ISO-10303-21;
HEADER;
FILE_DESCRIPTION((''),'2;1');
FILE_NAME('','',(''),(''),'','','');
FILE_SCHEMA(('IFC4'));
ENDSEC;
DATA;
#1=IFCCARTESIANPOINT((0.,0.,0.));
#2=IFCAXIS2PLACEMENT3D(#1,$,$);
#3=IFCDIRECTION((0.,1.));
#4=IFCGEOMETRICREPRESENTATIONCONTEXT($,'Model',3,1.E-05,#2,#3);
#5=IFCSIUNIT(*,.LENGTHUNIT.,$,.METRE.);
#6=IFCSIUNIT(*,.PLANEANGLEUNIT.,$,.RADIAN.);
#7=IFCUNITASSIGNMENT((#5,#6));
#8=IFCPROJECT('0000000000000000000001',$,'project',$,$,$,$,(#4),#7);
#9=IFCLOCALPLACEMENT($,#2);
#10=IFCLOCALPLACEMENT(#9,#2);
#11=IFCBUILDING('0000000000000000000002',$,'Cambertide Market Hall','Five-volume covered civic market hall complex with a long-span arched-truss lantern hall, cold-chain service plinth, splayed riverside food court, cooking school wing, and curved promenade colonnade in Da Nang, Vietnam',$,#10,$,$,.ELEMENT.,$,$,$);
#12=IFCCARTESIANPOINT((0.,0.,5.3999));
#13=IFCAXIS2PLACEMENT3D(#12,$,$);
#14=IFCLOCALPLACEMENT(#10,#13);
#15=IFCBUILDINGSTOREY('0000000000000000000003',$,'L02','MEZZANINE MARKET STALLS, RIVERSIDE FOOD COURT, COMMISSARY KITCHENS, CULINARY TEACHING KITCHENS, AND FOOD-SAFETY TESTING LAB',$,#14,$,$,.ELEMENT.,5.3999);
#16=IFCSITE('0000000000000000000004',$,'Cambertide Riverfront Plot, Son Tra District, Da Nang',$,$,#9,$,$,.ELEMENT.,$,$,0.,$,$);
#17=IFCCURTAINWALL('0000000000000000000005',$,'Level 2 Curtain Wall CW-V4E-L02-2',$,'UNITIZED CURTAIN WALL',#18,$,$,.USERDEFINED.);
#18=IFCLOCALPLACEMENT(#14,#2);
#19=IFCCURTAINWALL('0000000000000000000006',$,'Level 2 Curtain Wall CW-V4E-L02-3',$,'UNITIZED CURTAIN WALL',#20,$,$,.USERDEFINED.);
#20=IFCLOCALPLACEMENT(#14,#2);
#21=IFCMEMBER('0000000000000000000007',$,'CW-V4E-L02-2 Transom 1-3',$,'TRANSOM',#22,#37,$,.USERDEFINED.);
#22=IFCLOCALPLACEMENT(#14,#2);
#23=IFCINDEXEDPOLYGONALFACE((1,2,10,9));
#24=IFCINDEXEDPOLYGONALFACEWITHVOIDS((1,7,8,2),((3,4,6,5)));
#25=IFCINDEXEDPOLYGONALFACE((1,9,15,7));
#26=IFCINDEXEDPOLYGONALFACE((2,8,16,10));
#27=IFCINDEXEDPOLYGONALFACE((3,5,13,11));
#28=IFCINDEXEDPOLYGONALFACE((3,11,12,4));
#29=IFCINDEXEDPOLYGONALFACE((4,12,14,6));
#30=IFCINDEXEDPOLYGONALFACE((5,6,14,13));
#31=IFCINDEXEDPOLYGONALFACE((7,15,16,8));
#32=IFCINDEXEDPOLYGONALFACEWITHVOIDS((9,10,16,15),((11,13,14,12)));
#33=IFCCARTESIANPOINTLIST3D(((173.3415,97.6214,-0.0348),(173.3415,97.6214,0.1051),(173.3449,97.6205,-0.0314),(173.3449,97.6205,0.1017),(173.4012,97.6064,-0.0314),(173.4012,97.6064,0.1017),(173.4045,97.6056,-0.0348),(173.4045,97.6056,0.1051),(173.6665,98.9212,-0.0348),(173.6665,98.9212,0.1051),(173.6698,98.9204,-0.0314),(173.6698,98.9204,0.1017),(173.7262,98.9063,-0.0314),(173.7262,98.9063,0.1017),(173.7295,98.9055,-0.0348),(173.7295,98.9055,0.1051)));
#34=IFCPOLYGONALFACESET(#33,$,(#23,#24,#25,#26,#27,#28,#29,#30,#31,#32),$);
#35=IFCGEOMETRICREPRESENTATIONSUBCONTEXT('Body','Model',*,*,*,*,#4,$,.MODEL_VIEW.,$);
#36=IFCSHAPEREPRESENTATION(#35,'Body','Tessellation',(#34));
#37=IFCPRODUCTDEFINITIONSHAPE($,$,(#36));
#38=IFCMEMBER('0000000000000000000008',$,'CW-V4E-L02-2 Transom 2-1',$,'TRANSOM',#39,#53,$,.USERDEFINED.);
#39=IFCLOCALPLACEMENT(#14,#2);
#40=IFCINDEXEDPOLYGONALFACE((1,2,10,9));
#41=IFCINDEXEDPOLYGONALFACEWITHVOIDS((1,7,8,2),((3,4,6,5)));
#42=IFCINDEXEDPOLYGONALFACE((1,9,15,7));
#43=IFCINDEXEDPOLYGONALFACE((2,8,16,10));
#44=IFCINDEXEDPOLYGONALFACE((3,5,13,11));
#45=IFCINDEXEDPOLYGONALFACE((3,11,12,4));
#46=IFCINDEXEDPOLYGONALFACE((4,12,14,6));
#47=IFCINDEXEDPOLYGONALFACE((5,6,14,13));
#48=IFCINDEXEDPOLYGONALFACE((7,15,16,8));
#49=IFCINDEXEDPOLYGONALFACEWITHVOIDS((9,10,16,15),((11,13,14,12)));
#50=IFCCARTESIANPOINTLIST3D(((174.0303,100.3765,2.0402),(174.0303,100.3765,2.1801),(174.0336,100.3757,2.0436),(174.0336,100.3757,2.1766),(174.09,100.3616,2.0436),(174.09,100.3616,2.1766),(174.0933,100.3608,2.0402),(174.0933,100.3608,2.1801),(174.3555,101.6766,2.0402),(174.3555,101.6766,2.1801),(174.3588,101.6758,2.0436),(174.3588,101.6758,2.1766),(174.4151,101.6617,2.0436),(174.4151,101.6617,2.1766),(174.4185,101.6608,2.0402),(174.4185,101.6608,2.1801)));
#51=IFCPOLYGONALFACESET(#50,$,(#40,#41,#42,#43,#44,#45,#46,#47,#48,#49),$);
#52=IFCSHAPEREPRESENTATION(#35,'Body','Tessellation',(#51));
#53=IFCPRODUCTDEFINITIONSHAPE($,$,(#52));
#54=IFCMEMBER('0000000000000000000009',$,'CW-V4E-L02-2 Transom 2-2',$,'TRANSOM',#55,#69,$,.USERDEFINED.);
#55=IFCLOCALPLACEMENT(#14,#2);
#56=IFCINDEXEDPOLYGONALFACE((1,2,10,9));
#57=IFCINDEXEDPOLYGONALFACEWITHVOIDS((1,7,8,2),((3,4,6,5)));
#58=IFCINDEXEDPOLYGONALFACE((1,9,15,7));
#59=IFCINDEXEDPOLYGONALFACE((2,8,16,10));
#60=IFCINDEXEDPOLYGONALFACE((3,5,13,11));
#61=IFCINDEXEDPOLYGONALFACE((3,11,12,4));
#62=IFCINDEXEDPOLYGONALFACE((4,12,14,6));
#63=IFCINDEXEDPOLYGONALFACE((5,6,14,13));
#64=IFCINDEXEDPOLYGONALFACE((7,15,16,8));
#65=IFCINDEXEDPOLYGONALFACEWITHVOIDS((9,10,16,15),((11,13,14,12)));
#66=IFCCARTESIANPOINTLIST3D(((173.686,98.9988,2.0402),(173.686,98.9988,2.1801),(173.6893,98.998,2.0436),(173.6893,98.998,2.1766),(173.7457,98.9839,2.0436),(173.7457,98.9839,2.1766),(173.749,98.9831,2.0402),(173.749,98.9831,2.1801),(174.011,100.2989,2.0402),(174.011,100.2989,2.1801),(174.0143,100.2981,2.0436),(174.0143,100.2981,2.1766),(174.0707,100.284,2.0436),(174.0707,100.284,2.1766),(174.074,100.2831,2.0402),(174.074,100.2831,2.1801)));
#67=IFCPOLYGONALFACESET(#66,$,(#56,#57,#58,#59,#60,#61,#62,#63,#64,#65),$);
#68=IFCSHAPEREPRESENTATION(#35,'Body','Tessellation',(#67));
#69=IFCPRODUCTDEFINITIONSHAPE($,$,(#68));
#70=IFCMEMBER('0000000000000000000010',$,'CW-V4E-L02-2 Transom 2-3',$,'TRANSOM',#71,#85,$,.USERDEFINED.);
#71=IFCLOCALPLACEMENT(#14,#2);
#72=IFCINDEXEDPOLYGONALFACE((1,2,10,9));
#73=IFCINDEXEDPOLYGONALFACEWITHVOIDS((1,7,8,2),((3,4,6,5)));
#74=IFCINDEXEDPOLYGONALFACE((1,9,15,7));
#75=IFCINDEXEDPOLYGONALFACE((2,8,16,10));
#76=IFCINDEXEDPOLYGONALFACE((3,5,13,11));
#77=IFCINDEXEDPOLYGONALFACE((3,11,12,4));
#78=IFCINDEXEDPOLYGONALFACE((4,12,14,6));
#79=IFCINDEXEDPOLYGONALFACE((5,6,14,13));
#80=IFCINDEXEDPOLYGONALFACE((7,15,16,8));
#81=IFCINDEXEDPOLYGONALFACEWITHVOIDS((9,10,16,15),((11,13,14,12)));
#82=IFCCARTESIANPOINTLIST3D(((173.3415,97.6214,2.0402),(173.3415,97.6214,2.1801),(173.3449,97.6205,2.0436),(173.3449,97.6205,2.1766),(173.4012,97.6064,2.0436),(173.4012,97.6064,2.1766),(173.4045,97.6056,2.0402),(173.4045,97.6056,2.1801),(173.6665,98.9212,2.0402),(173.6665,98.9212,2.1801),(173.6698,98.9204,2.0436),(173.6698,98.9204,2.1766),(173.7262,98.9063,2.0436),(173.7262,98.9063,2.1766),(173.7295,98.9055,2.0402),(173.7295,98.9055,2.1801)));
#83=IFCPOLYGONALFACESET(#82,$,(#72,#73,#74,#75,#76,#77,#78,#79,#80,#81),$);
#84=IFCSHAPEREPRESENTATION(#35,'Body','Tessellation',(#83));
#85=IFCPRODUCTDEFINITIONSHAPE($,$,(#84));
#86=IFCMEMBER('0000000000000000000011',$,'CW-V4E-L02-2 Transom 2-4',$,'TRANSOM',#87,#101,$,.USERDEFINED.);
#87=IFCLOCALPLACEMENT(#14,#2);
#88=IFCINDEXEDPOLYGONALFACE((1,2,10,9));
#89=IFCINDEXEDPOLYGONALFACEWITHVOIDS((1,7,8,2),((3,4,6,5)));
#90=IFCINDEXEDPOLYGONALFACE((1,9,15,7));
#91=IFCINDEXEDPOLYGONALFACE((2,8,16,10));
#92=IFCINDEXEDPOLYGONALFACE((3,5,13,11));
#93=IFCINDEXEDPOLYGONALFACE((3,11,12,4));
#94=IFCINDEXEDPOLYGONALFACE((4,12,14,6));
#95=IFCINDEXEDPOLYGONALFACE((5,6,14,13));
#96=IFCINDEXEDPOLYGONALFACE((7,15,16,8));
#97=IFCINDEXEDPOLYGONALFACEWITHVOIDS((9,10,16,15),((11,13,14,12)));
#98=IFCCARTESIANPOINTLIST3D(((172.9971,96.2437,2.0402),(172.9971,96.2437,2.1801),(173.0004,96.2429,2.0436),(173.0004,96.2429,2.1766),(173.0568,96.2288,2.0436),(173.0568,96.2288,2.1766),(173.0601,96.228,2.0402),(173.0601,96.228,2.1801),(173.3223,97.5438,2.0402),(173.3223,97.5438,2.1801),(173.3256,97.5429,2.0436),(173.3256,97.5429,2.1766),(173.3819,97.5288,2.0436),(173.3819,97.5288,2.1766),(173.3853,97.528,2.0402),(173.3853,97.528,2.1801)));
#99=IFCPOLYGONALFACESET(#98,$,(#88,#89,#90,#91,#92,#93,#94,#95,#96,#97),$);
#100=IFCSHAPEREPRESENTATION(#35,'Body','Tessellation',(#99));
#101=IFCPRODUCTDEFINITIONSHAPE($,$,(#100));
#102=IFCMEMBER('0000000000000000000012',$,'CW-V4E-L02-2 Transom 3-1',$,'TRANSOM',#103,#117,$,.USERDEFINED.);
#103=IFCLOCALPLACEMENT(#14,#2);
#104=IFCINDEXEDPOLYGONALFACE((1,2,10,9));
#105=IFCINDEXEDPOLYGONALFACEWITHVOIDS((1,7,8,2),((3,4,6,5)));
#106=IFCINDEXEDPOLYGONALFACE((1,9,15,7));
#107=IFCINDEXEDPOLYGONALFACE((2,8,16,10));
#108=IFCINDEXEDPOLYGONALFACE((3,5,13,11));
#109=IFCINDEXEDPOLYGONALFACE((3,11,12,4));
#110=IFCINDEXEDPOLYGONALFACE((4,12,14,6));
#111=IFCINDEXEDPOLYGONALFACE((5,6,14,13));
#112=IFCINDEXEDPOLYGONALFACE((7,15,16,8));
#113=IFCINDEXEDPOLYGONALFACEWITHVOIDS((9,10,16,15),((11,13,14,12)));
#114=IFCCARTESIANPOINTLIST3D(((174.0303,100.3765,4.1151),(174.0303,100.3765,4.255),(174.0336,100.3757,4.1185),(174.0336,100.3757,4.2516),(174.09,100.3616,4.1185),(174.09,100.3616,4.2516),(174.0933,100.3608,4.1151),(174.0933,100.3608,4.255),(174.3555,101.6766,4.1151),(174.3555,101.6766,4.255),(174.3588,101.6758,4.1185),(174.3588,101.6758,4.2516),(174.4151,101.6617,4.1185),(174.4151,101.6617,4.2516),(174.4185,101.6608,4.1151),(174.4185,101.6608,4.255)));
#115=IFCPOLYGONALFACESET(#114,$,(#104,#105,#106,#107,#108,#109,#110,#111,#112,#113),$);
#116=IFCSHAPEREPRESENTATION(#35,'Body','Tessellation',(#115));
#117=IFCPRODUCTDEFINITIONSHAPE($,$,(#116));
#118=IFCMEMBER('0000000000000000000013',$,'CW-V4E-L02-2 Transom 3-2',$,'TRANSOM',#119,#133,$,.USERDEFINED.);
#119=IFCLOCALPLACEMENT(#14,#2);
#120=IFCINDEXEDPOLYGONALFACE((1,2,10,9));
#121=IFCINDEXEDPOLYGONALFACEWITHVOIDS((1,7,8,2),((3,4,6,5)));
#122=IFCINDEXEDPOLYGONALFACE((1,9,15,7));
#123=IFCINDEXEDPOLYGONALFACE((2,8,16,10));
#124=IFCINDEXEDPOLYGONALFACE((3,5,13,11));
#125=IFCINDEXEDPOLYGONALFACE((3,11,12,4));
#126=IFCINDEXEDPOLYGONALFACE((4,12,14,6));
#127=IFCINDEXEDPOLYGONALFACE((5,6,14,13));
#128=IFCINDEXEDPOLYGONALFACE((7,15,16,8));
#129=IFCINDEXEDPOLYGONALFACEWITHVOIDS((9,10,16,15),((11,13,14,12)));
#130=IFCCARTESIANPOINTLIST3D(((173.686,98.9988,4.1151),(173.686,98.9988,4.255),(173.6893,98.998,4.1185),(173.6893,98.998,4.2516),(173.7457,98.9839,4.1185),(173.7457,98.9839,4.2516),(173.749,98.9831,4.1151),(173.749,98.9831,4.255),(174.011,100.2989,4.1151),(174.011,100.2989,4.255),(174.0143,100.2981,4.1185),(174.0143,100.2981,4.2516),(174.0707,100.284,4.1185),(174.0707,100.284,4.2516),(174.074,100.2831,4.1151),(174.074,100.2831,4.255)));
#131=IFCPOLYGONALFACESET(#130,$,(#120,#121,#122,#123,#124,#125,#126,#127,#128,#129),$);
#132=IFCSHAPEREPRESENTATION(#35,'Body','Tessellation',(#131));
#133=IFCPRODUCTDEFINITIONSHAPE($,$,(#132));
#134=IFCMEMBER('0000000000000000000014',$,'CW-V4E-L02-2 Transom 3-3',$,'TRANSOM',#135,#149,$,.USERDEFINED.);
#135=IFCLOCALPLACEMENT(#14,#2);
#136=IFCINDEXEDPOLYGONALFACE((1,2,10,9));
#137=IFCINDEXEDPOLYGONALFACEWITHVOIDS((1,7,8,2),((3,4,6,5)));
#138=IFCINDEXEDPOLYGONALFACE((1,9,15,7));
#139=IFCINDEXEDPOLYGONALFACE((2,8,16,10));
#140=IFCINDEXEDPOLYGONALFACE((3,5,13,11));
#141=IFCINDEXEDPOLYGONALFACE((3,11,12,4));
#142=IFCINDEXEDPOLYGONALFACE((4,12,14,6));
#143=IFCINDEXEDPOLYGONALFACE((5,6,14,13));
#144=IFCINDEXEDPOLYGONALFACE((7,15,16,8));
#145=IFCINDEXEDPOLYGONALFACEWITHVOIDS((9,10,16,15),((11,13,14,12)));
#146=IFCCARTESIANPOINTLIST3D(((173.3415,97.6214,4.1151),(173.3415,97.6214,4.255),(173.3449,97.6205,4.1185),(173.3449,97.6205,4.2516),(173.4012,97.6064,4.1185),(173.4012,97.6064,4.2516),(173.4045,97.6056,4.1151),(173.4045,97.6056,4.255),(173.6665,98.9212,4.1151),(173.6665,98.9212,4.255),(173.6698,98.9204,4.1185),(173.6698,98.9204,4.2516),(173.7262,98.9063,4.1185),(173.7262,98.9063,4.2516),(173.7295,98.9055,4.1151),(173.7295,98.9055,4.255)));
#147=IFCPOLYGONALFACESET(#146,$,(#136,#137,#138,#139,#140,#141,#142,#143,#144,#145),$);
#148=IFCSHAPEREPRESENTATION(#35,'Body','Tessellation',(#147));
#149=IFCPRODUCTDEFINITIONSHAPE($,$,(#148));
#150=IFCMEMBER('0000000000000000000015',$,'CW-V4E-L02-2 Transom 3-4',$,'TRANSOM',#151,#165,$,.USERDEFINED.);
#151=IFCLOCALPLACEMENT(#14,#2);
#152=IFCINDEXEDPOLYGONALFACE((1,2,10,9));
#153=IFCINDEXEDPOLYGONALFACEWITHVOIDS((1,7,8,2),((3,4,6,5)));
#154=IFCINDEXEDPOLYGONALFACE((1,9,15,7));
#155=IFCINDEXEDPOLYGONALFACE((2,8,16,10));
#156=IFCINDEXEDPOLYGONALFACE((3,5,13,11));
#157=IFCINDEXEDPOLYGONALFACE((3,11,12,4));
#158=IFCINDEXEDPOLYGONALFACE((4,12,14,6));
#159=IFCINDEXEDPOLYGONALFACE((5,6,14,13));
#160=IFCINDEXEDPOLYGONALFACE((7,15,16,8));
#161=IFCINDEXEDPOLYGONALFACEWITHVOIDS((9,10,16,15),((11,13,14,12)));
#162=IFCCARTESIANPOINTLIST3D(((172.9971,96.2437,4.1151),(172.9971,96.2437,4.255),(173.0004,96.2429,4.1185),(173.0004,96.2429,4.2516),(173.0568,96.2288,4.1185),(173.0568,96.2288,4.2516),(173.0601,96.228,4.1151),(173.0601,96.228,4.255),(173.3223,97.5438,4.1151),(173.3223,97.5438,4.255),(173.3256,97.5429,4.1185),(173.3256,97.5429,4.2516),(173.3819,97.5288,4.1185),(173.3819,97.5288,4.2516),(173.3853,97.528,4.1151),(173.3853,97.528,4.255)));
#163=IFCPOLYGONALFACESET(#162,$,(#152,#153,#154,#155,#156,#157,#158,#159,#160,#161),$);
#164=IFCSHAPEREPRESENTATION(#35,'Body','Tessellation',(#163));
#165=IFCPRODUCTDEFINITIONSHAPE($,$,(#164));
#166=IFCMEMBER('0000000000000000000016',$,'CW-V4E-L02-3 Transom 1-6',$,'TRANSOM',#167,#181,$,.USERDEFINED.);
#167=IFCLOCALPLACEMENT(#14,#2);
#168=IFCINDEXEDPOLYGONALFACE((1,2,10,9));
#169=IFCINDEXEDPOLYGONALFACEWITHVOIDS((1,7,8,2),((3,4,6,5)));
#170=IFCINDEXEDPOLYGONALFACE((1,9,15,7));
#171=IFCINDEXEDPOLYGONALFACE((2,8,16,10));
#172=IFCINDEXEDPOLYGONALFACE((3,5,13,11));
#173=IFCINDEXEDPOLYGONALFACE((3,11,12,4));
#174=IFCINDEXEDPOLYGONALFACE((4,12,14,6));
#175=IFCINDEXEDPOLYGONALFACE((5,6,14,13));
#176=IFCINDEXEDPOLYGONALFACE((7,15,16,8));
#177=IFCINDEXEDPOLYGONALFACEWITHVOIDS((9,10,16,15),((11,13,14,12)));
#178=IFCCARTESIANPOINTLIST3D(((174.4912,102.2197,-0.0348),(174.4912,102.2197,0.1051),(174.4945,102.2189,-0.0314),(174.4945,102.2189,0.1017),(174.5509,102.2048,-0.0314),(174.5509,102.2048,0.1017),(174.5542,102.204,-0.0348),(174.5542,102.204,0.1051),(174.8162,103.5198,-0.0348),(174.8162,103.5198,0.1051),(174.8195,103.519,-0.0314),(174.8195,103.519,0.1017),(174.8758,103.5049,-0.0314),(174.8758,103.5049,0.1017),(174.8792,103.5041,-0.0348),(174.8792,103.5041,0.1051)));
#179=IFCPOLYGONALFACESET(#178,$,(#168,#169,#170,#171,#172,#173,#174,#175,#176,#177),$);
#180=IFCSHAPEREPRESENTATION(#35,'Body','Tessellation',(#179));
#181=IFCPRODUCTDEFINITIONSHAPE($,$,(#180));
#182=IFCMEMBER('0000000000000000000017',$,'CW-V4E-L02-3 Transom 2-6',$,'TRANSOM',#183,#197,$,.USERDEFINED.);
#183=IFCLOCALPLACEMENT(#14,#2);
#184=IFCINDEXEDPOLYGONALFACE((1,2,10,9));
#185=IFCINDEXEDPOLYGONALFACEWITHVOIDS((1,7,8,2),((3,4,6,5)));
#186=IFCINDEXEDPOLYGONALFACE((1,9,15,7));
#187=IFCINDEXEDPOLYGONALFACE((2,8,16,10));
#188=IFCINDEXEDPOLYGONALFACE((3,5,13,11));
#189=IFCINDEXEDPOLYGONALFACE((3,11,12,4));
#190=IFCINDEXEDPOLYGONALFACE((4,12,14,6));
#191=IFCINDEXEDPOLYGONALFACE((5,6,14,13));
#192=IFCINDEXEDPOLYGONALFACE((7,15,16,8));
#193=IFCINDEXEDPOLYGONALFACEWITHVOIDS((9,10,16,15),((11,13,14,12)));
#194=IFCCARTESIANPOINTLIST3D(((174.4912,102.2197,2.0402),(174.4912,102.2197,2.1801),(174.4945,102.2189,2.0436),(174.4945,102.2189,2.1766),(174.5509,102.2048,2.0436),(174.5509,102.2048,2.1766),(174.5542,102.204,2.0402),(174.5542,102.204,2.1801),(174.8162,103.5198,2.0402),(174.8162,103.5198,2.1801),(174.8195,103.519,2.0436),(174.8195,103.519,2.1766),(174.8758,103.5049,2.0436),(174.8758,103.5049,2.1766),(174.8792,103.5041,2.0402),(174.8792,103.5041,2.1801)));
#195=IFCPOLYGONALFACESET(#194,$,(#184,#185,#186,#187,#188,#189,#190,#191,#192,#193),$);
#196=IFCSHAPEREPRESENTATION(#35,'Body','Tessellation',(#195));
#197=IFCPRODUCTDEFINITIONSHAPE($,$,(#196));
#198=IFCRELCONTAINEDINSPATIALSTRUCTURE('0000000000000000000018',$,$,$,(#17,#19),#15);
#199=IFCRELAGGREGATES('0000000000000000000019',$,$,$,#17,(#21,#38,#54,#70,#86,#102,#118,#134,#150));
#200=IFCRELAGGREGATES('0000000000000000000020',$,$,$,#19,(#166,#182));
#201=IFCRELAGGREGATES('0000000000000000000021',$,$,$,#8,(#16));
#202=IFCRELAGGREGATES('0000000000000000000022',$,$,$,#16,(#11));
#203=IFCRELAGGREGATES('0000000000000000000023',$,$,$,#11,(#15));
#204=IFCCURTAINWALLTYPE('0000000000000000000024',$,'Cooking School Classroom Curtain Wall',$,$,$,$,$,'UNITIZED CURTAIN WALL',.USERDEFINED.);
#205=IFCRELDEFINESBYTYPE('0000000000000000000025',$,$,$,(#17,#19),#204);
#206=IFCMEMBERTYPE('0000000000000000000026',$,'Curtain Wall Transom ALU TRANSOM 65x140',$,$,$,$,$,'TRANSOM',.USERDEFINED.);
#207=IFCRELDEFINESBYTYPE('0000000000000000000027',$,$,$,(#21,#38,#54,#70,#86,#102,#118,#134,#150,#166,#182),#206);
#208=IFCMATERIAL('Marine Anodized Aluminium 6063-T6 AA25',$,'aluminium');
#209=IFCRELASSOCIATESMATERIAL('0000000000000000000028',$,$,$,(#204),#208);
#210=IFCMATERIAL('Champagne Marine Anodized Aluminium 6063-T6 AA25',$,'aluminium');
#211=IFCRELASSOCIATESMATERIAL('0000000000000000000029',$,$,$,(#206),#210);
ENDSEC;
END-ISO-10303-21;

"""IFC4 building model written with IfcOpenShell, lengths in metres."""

from ifc_helpers import new_model, si_unit, direction, frame, origin, origin_2d, place, context, subcontext, project, spatial, hollow_rectangle, extrude, material, material_profile, profile_set, type_object, element, aggregate, save


model = new_model("IFC4")

# Units and contexts
model_context = context("Model", 3, precision=1e-05, world=origin(), true_north=direction((0.0, 1.0)))
body_context = subcontext(model_context, "Body", "Model", "MODEL_VIEW")
ifc_project = project(units=[si_unit("LENGTHUNIT", "METRE"), si_unit("PLANEANGLEUNIT", "RADIAN")], contexts=[model_context])

# Site, building, storey
site_placement = place(None, origin())
site = spatial("IfcSite", under=ifc_project, at=site_placement, Name="Cambertide Riverfront Plot, Son Tra District, Da Nang", CompositionType="ELEMENT", RefElevation=0.0)
building_placement = place(site_placement, origin())
building = spatial("IfcBuilding", under=site, at=building_placement, Name="Cambertide Market Hall", Description="Five-volume covered civic market hall complex with a long-span arched-truss lantern hall, cold-chain service plinth, splayed riverside food court, cooking school wing, and curved promenade colonnade in Da Nang, Vietnam", CompositionType="ELEMENT")
storey_placement = place(building_placement, frame((0.0, 0.0, 5.3999)))
storey = spatial("IfcBuildingStorey", under=building, at=storey_placement, Name="L02", Description="MEZZANINE MARKET STALLS, RIVERSIDE FOOD COURT, COMMISSARY KITCHENS, CULINARY TEACHING KITCHENS, AND FOOD-SAFETY TESTING LAB", CompositionType="ELEMENT", Elevation=5.3999)

# Curtain walls
ifc_material_1 = material(Name="Marine Anodized Aluminium 6063-T6 AA25", Category="aluminium")
curtain_wall_type = type_object("IfcCurtainWallType", Name="Cooking School Classroom Curtain Wall", ElementType="UNITIZED CURTAIN WALL", PredefinedType="USERDEFINED", material=ifc_material_1)
curtain_wall_1_placement = place(storey_placement, origin())
curtain_wall_1 = element("IfcCurtainWall", 1, at=curtain_wall_1_placement, inside=storey, type_object=curtain_wall_type, Name="Level 2 Curtain Wall CW-V4E-L02-2", ObjectType="UNITIZED CURTAIN WALL", PredefinedType="USERDEFINED")
curtain_wall_2_placement = place(storey_placement, origin())
curtain_wall_2 = element("IfcCurtainWall", 2, at=curtain_wall_2_placement, inside=storey, type_object=curtain_wall_type, Name="Level 2 Curtain Wall CW-V4E-L02-3", ObjectType="UNITIZED CURTAIN WALL", PredefinedType="USERDEFINED")

# Members
ifc_material_2 = material(Name="Champagne Marine Anodized Aluminium 6063-T6 AA25", Category="aluminium")
ifc_material_profile_1 = material_profile(ifc_material_2, hollow_rectangle(XDim=0.0649, YDim=0.1399, WallThickness=0.0034, at=origin_2d()), Name="ALU TRANSOM 65x140")
ifc_profile_set_1 = profile_set([ifc_material_profile_1], Name="Champagne Marine Anodized Aluminium 6063-T6 AA25")
member_type_1 = type_object("IfcMemberType", Name="Curtain Wall Transom ALU TRANSOM 65x140", ElementType="TRANSOM", PredefinedType="USERDEFINED", material=ifc_profile_set_1)
member_1_placement = place(storey_placement, frame((173.698, 98.9133, 0.0352), z_axis=(-0.242536, -0.970143, 0.0), x_axis=(0.970143, -0.242536, 0.0)))
member_1 = element("IfcMember", 3, at=member_1_placement, type_object=member_type_1, Name="CW-V4E-L02-2 Transom 1-3", ObjectType="TRANSOM", PredefinedType="USERDEFINED", context=body_context, shape_type="SweptSolid", body=[
    extrude(hollow_rectangle(XDim=0.0649, YDim=0.1399, WallThickness=0.0034, at=origin_2d()), origin(), (0.0, 0.0, 1.0), 1.3398),
])
member_2_placement = place(storey_placement, frame((174.387, 101.6687, 2.1101), z_axis=(-0.242664, -0.97011, 0.0), x_axis=(0.97011, -0.242664, 0.0)))
member_2 = element("IfcMember", 4, at=member_2_placement, type_object=member_type_1, Name="CW-V4E-L02-2 Transom 2-1", ObjectType="TRANSOM", PredefinedType="USERDEFINED", context=body_context, shape_type="SweptSolid", body=[
    extrude(hollow_rectangle(XDim=0.0649, YDim=0.1399, WallThickness=0.0034, at=origin_2d()), origin(), (0.0, 0.0, 1.0), 1.3401),
])
member_3_placement = place(storey_placement, frame((174.0425, 100.291, 2.1101), z_axis=(-0.242493, -0.970153, 0.0), x_axis=(0.970153, -0.242493, 0.0)))
member_3 = element("IfcMember", 5, at=member_3_placement, type_object=member_type_1, Name="CW-V4E-L02-2 Transom 2-2", ObjectType="TRANSOM", PredefinedType="USERDEFINED", context=body_context, shape_type="SweptSolid", body=[
    extrude(hollow_rectangle(XDim=0.0649, YDim=0.1399, WallThickness=0.0034, at=origin_2d()), origin(), (0.0, 0.0, 1.0), 1.3401),
])
member_4_placement = place(storey_placement, frame((173.698, 98.9133, 2.1101), z_axis=(-0.242536, -0.970143, 0.0), x_axis=(0.970143, -0.242536, 0.0)))
member_4 = element("IfcMember", 6, at=member_4_placement, type_object=member_type_1, Name="CW-V4E-L02-2 Transom 2-3", ObjectType="TRANSOM", PredefinedType="USERDEFINED", context=body_context, shape_type="SweptSolid", body=[
    extrude(hollow_rectangle(XDim=0.0649, YDim=0.1399, WallThickness=0.0034, at=origin_2d()), origin(), (0.0, 0.0, 1.0), 1.3398),
])
member_5_placement = place(storey_placement, frame((173.3538, 97.5359, 2.1101), z_axis=(-0.242664, -0.97011, 0.0), x_axis=(0.97011, -0.242664, 0.0)))
member_5 = element("IfcMember", 7, at=member_5_placement, type_object=member_type_1, Name="CW-V4E-L02-2 Transom 2-4", ObjectType="TRANSOM", PredefinedType="USERDEFINED", context=body_context, shape_type="SweptSolid", body=[
    extrude(hollow_rectangle(XDim=0.0649, YDim=0.1399, WallThickness=0.0034, at=origin_2d()), origin(), (0.0, 0.0, 1.0), 1.3401),
])
member_6_placement = place(storey_placement, frame((174.387, 101.6687, 4.1851), z_axis=(-0.242664, -0.97011, 0.0), x_axis=(0.97011, -0.242664, 0.0)))
member_6 = element("IfcMember", 8, at=member_6_placement, type_object=member_type_1, Name="CW-V4E-L02-2 Transom 3-1", ObjectType="TRANSOM", PredefinedType="USERDEFINED", context=body_context, shape_type="SweptSolid", body=[
    extrude(hollow_rectangle(XDim=0.0649, YDim=0.1399, WallThickness=0.0034, at=origin_2d()), origin(), (0.0, 0.0, 1.0), 1.3401),
])
member_7_placement = place(storey_placement, frame((174.0425, 100.291, 4.1851), z_axis=(-0.242493, -0.970153, 0.0), x_axis=(0.970153, -0.242493, 0.0)))
member_7 = element("IfcMember", 9, at=member_7_placement, type_object=member_type_1, Name="CW-V4E-L02-2 Transom 3-2", ObjectType="TRANSOM", PredefinedType="USERDEFINED", context=body_context, shape_type="SweptSolid", body=[
    extrude(hollow_rectangle(XDim=0.0649, YDim=0.1399, WallThickness=0.0034, at=origin_2d()), origin(), (0.0, 0.0, 1.0), 1.3401),
])
member_8_placement = place(storey_placement, frame((173.698, 98.9133, 4.1851), z_axis=(-0.242536, -0.970143, 0.0), x_axis=(0.970143, -0.242536, 0.0)))
member_8 = element("IfcMember", 10, at=member_8_placement, type_object=member_type_1, Name="CW-V4E-L02-2 Transom 3-3", ObjectType="TRANSOM", PredefinedType="USERDEFINED", context=body_context, shape_type="SweptSolid", body=[
    extrude(hollow_rectangle(XDim=0.0649, YDim=0.1399, WallThickness=0.0034, at=origin_2d()), origin(), (0.0, 0.0, 1.0), 1.3398),
])
member_9_placement = place(storey_placement, frame((173.3538, 97.5359, 4.1851), z_axis=(-0.242664, -0.97011, 0.0), x_axis=(0.97011, -0.242664, 0.0)))
member_9 = element("IfcMember", 11, at=member_9_placement, type_object=member_type_1, Name="CW-V4E-L02-2 Transom 3-4", ObjectType="TRANSOM", PredefinedType="USERDEFINED", context=body_context, shape_type="SweptSolid", body=[
    extrude(hollow_rectangle(XDim=0.0649, YDim=0.1399, WallThickness=0.0034, at=origin_2d()), origin(), (0.0, 0.0, 1.0), 1.3401),
])
member_10_placement = place(storey_placement, frame((174.8477, 103.512, 0.0352), z_axis=(-0.242493, -0.970153, 0.0), x_axis=(0.970153, -0.242493, 0.0)))
member_10 = element("IfcMember", 12, at=member_10_placement, type_object=member_type_1, Name="CW-V4E-L02-3 Transom 1-6", ObjectType="TRANSOM", PredefinedType="USERDEFINED", context=body_context, shape_type="SweptSolid", body=[
    extrude(hollow_rectangle(XDim=0.0649, YDim=0.1399, WallThickness=0.0034, at=origin_2d()), origin(), (0.0, 0.0, 1.0), 1.3401),
])
member_11_placement = place(storey_placement, frame((174.8477, 103.512, 2.1101), z_axis=(-0.242493, -0.970153, 0.0), x_axis=(0.970153, -0.242493, 0.0)))
member_11 = element("IfcMember", 13, at=member_11_placement, type_object=member_type_1, Name="CW-V4E-L02-3 Transom 2-6", ObjectType="TRANSOM", PredefinedType="USERDEFINED", context=body_context, shape_type="SweptSolid", body=[
    extrude(hollow_rectangle(XDim=0.0649, YDim=0.1399, WallThickness=0.0034, at=origin_2d()), origin(), (0.0, 0.0, 1.0), 1.3401),
])

aggregate(curtain_wall_1, [member_1, member_2, member_3, member_4, member_5, member_6, member_7, member_8, member_9])
aggregate(curtain_wall_2, [member_10, member_11])

save(model, "model.ifc")
